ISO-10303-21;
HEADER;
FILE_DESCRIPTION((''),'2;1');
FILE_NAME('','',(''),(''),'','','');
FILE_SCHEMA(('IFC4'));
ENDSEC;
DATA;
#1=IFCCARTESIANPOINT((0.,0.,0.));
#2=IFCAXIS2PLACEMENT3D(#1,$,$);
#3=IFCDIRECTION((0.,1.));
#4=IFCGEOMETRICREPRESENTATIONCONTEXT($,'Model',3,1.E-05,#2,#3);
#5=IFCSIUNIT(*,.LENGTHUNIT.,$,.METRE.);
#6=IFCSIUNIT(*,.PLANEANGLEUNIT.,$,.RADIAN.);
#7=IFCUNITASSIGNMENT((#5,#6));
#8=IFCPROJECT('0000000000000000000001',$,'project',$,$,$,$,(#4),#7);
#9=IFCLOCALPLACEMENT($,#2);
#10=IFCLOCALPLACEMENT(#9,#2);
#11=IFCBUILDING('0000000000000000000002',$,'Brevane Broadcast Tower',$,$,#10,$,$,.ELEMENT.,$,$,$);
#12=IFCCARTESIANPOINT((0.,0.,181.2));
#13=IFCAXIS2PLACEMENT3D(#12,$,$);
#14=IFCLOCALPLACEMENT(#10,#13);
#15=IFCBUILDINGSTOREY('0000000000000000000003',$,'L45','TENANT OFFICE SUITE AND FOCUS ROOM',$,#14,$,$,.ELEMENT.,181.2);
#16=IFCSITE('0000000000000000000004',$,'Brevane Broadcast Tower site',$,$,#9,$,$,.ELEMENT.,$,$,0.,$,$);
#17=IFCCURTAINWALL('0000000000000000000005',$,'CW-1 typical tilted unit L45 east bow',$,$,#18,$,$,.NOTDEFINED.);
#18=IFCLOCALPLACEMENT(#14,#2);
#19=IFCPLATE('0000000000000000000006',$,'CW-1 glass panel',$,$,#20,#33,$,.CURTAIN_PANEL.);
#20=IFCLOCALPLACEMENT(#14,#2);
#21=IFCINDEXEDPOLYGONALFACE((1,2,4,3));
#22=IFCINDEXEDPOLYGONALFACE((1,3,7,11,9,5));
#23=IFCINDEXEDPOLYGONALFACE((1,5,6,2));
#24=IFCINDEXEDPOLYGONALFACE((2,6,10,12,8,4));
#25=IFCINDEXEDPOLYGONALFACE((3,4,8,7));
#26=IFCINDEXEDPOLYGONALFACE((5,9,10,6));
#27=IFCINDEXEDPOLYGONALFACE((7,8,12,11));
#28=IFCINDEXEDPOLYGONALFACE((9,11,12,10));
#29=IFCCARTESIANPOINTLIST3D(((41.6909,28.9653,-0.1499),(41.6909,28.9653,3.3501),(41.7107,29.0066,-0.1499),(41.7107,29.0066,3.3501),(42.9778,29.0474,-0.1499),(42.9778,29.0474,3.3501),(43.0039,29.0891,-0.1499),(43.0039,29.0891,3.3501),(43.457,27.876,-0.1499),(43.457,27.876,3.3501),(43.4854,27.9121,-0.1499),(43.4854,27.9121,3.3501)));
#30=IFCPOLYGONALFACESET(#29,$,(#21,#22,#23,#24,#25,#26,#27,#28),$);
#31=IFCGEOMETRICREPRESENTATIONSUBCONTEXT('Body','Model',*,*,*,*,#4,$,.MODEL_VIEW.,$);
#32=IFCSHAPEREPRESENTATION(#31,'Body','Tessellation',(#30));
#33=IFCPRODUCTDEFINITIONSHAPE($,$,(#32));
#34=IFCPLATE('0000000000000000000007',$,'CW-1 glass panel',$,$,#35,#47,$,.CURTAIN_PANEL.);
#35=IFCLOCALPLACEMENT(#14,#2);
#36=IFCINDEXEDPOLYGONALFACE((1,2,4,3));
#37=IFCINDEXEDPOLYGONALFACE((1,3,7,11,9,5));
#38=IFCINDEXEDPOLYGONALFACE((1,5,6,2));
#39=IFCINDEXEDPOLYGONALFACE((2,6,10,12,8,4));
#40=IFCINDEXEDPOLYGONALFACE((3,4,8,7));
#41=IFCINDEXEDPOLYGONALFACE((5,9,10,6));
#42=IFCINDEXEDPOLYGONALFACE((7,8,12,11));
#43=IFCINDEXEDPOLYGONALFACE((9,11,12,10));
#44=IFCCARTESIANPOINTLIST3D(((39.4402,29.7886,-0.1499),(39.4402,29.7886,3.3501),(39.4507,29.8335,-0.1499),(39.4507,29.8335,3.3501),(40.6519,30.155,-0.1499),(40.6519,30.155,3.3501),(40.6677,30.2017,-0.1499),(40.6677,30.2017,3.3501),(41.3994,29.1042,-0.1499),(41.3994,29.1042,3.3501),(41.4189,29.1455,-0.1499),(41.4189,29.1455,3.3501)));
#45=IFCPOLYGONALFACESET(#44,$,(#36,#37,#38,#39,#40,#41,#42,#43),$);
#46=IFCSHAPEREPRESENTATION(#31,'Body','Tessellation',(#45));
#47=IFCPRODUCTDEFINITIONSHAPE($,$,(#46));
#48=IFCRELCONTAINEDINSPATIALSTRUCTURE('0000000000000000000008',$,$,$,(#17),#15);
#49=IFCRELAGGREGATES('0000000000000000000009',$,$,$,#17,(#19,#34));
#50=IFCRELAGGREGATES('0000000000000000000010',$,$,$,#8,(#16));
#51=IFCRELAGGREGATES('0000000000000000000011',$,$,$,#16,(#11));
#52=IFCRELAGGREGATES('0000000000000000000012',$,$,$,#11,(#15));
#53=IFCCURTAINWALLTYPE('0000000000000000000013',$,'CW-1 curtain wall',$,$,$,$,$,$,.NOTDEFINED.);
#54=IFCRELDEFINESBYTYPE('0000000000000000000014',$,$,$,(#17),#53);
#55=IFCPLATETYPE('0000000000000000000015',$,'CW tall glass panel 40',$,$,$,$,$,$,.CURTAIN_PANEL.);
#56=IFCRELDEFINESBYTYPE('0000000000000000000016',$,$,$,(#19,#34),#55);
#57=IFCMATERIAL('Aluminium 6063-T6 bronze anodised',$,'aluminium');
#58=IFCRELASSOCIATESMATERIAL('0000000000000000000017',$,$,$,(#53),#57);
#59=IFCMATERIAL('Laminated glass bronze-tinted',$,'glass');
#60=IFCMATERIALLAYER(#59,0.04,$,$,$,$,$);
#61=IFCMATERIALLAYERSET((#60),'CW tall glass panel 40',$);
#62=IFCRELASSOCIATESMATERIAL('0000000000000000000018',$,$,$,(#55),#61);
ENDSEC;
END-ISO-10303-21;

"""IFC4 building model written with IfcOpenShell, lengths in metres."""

from ifc_helpers import new_model, si_unit, direction, frame, origin, place, context, subcontext, project, spatial, polyline, outline, extrude, material, layer, layer_set, type_object, element, aggregate, save


model = new_model("IFC4")

# Units and contexts
model_context = context("Model", 3, precision=1e-05, world=origin(), true_north=direction((0.0, 1.0)))
body_context = subcontext(model_context, "Body", "Model", "MODEL_VIEW")
ifc_project = project(units=[si_unit("LENGTHUNIT", "METRE"), si_unit("PLANEANGLEUNIT", "RADIAN")], contexts=[model_context])

# Site, building, storey
site_placement = place(None, origin())
site = spatial("IfcSite", under=ifc_project, at=site_placement, Name="Brevane Broadcast Tower site", CompositionType="ELEMENT", RefElevation=0.0)
building_placement = place(site_placement, origin())
building = spatial("IfcBuilding", under=site, at=building_placement, Name="Brevane Broadcast Tower", CompositionType="ELEMENT")
storey_placement = place(building_placement, frame((0.0, 0.0, 181.2)))
storey = spatial("IfcBuildingStorey", under=building, at=storey_placement, Name="L45", Description="TENANT OFFICE SUITE AND FOCUS ROOM", CompositionType="ELEMENT", Elevation=181.2)

# Curtain wall, plates
ifc_material_1 = material(Name="Aluminium 6063-T6 bronze anodised", Category="aluminium")
curtain_wall_type = type_object("IfcCurtainWallType", Name="CW-1 curtain wall", PredefinedType="NOTDEFINED", material=ifc_material_1)
ifc_material_2 = material(Name="Laminated glass bronze-tinted", Category="glass")
ifc_layer = layer(ifc_material_2, 0.04)
ifc_layer_set = layer_set([ifc_layer], Name="CW tall glass panel 40")
plate_type = type_object("IfcPlateType", Name="CW tall glass panel 40", PredefinedType="CURTAIN_PANEL", material=ifc_layer_set)
curtain_wall_1_placement = place(storey_placement, origin())
curtain_wall_1 = element("IfcCurtainWall", 1, at=curtain_wall_1_placement, inside=storey, type_object=curtain_wall_type, Name="CW-1 typical tilted unit L45 east bow", PredefinedType="NOTDEFINED")
plate_1_placement = place(storey_placement, frame((0.0, 0.0, -0.1499)))
plate_1 = element("IfcPlate", 2, at=plate_1_placement, type_object=plate_type, Name="CW-1 glass panel", PredefinedType="CURTAIN_PANEL", context=body_context, shape_type="SweptSolid", body=[
    extrude(outline(polyline([(43.457, 27.876), (43.4854, 27.9121), (43.0039, 29.0891), (41.7107, 29.0066), (41.6909, 28.9653), (42.9778, 29.0474), (43.457, 27.876)])), origin(), (0.0, 0.0, 1.0), 3.5),
])
plate_2_placement = place(storey_placement, frame((0.0, 0.0, -0.1499)))
plate_2 = element("IfcPlate", 3, at=plate_2_placement, type_object=plate_type, Name="CW-1 glass panel", PredefinedType="CURTAIN_PANEL", context=body_context, shape_type="SweptSolid", body=[
    extrude(outline(polyline([(41.3994, 29.1042), (41.4189, 29.1455), (40.6677, 30.2017), (39.4507, 29.8335), (39.4402, 29.7886), (40.6519, 30.155), (41.3994, 29.1042)])), origin(), (0.0, 0.0, 1.0), 3.5),
])
aggregate(curtain_wall_1, [plate_1, plate_2])

save(model, "model.ifc")
